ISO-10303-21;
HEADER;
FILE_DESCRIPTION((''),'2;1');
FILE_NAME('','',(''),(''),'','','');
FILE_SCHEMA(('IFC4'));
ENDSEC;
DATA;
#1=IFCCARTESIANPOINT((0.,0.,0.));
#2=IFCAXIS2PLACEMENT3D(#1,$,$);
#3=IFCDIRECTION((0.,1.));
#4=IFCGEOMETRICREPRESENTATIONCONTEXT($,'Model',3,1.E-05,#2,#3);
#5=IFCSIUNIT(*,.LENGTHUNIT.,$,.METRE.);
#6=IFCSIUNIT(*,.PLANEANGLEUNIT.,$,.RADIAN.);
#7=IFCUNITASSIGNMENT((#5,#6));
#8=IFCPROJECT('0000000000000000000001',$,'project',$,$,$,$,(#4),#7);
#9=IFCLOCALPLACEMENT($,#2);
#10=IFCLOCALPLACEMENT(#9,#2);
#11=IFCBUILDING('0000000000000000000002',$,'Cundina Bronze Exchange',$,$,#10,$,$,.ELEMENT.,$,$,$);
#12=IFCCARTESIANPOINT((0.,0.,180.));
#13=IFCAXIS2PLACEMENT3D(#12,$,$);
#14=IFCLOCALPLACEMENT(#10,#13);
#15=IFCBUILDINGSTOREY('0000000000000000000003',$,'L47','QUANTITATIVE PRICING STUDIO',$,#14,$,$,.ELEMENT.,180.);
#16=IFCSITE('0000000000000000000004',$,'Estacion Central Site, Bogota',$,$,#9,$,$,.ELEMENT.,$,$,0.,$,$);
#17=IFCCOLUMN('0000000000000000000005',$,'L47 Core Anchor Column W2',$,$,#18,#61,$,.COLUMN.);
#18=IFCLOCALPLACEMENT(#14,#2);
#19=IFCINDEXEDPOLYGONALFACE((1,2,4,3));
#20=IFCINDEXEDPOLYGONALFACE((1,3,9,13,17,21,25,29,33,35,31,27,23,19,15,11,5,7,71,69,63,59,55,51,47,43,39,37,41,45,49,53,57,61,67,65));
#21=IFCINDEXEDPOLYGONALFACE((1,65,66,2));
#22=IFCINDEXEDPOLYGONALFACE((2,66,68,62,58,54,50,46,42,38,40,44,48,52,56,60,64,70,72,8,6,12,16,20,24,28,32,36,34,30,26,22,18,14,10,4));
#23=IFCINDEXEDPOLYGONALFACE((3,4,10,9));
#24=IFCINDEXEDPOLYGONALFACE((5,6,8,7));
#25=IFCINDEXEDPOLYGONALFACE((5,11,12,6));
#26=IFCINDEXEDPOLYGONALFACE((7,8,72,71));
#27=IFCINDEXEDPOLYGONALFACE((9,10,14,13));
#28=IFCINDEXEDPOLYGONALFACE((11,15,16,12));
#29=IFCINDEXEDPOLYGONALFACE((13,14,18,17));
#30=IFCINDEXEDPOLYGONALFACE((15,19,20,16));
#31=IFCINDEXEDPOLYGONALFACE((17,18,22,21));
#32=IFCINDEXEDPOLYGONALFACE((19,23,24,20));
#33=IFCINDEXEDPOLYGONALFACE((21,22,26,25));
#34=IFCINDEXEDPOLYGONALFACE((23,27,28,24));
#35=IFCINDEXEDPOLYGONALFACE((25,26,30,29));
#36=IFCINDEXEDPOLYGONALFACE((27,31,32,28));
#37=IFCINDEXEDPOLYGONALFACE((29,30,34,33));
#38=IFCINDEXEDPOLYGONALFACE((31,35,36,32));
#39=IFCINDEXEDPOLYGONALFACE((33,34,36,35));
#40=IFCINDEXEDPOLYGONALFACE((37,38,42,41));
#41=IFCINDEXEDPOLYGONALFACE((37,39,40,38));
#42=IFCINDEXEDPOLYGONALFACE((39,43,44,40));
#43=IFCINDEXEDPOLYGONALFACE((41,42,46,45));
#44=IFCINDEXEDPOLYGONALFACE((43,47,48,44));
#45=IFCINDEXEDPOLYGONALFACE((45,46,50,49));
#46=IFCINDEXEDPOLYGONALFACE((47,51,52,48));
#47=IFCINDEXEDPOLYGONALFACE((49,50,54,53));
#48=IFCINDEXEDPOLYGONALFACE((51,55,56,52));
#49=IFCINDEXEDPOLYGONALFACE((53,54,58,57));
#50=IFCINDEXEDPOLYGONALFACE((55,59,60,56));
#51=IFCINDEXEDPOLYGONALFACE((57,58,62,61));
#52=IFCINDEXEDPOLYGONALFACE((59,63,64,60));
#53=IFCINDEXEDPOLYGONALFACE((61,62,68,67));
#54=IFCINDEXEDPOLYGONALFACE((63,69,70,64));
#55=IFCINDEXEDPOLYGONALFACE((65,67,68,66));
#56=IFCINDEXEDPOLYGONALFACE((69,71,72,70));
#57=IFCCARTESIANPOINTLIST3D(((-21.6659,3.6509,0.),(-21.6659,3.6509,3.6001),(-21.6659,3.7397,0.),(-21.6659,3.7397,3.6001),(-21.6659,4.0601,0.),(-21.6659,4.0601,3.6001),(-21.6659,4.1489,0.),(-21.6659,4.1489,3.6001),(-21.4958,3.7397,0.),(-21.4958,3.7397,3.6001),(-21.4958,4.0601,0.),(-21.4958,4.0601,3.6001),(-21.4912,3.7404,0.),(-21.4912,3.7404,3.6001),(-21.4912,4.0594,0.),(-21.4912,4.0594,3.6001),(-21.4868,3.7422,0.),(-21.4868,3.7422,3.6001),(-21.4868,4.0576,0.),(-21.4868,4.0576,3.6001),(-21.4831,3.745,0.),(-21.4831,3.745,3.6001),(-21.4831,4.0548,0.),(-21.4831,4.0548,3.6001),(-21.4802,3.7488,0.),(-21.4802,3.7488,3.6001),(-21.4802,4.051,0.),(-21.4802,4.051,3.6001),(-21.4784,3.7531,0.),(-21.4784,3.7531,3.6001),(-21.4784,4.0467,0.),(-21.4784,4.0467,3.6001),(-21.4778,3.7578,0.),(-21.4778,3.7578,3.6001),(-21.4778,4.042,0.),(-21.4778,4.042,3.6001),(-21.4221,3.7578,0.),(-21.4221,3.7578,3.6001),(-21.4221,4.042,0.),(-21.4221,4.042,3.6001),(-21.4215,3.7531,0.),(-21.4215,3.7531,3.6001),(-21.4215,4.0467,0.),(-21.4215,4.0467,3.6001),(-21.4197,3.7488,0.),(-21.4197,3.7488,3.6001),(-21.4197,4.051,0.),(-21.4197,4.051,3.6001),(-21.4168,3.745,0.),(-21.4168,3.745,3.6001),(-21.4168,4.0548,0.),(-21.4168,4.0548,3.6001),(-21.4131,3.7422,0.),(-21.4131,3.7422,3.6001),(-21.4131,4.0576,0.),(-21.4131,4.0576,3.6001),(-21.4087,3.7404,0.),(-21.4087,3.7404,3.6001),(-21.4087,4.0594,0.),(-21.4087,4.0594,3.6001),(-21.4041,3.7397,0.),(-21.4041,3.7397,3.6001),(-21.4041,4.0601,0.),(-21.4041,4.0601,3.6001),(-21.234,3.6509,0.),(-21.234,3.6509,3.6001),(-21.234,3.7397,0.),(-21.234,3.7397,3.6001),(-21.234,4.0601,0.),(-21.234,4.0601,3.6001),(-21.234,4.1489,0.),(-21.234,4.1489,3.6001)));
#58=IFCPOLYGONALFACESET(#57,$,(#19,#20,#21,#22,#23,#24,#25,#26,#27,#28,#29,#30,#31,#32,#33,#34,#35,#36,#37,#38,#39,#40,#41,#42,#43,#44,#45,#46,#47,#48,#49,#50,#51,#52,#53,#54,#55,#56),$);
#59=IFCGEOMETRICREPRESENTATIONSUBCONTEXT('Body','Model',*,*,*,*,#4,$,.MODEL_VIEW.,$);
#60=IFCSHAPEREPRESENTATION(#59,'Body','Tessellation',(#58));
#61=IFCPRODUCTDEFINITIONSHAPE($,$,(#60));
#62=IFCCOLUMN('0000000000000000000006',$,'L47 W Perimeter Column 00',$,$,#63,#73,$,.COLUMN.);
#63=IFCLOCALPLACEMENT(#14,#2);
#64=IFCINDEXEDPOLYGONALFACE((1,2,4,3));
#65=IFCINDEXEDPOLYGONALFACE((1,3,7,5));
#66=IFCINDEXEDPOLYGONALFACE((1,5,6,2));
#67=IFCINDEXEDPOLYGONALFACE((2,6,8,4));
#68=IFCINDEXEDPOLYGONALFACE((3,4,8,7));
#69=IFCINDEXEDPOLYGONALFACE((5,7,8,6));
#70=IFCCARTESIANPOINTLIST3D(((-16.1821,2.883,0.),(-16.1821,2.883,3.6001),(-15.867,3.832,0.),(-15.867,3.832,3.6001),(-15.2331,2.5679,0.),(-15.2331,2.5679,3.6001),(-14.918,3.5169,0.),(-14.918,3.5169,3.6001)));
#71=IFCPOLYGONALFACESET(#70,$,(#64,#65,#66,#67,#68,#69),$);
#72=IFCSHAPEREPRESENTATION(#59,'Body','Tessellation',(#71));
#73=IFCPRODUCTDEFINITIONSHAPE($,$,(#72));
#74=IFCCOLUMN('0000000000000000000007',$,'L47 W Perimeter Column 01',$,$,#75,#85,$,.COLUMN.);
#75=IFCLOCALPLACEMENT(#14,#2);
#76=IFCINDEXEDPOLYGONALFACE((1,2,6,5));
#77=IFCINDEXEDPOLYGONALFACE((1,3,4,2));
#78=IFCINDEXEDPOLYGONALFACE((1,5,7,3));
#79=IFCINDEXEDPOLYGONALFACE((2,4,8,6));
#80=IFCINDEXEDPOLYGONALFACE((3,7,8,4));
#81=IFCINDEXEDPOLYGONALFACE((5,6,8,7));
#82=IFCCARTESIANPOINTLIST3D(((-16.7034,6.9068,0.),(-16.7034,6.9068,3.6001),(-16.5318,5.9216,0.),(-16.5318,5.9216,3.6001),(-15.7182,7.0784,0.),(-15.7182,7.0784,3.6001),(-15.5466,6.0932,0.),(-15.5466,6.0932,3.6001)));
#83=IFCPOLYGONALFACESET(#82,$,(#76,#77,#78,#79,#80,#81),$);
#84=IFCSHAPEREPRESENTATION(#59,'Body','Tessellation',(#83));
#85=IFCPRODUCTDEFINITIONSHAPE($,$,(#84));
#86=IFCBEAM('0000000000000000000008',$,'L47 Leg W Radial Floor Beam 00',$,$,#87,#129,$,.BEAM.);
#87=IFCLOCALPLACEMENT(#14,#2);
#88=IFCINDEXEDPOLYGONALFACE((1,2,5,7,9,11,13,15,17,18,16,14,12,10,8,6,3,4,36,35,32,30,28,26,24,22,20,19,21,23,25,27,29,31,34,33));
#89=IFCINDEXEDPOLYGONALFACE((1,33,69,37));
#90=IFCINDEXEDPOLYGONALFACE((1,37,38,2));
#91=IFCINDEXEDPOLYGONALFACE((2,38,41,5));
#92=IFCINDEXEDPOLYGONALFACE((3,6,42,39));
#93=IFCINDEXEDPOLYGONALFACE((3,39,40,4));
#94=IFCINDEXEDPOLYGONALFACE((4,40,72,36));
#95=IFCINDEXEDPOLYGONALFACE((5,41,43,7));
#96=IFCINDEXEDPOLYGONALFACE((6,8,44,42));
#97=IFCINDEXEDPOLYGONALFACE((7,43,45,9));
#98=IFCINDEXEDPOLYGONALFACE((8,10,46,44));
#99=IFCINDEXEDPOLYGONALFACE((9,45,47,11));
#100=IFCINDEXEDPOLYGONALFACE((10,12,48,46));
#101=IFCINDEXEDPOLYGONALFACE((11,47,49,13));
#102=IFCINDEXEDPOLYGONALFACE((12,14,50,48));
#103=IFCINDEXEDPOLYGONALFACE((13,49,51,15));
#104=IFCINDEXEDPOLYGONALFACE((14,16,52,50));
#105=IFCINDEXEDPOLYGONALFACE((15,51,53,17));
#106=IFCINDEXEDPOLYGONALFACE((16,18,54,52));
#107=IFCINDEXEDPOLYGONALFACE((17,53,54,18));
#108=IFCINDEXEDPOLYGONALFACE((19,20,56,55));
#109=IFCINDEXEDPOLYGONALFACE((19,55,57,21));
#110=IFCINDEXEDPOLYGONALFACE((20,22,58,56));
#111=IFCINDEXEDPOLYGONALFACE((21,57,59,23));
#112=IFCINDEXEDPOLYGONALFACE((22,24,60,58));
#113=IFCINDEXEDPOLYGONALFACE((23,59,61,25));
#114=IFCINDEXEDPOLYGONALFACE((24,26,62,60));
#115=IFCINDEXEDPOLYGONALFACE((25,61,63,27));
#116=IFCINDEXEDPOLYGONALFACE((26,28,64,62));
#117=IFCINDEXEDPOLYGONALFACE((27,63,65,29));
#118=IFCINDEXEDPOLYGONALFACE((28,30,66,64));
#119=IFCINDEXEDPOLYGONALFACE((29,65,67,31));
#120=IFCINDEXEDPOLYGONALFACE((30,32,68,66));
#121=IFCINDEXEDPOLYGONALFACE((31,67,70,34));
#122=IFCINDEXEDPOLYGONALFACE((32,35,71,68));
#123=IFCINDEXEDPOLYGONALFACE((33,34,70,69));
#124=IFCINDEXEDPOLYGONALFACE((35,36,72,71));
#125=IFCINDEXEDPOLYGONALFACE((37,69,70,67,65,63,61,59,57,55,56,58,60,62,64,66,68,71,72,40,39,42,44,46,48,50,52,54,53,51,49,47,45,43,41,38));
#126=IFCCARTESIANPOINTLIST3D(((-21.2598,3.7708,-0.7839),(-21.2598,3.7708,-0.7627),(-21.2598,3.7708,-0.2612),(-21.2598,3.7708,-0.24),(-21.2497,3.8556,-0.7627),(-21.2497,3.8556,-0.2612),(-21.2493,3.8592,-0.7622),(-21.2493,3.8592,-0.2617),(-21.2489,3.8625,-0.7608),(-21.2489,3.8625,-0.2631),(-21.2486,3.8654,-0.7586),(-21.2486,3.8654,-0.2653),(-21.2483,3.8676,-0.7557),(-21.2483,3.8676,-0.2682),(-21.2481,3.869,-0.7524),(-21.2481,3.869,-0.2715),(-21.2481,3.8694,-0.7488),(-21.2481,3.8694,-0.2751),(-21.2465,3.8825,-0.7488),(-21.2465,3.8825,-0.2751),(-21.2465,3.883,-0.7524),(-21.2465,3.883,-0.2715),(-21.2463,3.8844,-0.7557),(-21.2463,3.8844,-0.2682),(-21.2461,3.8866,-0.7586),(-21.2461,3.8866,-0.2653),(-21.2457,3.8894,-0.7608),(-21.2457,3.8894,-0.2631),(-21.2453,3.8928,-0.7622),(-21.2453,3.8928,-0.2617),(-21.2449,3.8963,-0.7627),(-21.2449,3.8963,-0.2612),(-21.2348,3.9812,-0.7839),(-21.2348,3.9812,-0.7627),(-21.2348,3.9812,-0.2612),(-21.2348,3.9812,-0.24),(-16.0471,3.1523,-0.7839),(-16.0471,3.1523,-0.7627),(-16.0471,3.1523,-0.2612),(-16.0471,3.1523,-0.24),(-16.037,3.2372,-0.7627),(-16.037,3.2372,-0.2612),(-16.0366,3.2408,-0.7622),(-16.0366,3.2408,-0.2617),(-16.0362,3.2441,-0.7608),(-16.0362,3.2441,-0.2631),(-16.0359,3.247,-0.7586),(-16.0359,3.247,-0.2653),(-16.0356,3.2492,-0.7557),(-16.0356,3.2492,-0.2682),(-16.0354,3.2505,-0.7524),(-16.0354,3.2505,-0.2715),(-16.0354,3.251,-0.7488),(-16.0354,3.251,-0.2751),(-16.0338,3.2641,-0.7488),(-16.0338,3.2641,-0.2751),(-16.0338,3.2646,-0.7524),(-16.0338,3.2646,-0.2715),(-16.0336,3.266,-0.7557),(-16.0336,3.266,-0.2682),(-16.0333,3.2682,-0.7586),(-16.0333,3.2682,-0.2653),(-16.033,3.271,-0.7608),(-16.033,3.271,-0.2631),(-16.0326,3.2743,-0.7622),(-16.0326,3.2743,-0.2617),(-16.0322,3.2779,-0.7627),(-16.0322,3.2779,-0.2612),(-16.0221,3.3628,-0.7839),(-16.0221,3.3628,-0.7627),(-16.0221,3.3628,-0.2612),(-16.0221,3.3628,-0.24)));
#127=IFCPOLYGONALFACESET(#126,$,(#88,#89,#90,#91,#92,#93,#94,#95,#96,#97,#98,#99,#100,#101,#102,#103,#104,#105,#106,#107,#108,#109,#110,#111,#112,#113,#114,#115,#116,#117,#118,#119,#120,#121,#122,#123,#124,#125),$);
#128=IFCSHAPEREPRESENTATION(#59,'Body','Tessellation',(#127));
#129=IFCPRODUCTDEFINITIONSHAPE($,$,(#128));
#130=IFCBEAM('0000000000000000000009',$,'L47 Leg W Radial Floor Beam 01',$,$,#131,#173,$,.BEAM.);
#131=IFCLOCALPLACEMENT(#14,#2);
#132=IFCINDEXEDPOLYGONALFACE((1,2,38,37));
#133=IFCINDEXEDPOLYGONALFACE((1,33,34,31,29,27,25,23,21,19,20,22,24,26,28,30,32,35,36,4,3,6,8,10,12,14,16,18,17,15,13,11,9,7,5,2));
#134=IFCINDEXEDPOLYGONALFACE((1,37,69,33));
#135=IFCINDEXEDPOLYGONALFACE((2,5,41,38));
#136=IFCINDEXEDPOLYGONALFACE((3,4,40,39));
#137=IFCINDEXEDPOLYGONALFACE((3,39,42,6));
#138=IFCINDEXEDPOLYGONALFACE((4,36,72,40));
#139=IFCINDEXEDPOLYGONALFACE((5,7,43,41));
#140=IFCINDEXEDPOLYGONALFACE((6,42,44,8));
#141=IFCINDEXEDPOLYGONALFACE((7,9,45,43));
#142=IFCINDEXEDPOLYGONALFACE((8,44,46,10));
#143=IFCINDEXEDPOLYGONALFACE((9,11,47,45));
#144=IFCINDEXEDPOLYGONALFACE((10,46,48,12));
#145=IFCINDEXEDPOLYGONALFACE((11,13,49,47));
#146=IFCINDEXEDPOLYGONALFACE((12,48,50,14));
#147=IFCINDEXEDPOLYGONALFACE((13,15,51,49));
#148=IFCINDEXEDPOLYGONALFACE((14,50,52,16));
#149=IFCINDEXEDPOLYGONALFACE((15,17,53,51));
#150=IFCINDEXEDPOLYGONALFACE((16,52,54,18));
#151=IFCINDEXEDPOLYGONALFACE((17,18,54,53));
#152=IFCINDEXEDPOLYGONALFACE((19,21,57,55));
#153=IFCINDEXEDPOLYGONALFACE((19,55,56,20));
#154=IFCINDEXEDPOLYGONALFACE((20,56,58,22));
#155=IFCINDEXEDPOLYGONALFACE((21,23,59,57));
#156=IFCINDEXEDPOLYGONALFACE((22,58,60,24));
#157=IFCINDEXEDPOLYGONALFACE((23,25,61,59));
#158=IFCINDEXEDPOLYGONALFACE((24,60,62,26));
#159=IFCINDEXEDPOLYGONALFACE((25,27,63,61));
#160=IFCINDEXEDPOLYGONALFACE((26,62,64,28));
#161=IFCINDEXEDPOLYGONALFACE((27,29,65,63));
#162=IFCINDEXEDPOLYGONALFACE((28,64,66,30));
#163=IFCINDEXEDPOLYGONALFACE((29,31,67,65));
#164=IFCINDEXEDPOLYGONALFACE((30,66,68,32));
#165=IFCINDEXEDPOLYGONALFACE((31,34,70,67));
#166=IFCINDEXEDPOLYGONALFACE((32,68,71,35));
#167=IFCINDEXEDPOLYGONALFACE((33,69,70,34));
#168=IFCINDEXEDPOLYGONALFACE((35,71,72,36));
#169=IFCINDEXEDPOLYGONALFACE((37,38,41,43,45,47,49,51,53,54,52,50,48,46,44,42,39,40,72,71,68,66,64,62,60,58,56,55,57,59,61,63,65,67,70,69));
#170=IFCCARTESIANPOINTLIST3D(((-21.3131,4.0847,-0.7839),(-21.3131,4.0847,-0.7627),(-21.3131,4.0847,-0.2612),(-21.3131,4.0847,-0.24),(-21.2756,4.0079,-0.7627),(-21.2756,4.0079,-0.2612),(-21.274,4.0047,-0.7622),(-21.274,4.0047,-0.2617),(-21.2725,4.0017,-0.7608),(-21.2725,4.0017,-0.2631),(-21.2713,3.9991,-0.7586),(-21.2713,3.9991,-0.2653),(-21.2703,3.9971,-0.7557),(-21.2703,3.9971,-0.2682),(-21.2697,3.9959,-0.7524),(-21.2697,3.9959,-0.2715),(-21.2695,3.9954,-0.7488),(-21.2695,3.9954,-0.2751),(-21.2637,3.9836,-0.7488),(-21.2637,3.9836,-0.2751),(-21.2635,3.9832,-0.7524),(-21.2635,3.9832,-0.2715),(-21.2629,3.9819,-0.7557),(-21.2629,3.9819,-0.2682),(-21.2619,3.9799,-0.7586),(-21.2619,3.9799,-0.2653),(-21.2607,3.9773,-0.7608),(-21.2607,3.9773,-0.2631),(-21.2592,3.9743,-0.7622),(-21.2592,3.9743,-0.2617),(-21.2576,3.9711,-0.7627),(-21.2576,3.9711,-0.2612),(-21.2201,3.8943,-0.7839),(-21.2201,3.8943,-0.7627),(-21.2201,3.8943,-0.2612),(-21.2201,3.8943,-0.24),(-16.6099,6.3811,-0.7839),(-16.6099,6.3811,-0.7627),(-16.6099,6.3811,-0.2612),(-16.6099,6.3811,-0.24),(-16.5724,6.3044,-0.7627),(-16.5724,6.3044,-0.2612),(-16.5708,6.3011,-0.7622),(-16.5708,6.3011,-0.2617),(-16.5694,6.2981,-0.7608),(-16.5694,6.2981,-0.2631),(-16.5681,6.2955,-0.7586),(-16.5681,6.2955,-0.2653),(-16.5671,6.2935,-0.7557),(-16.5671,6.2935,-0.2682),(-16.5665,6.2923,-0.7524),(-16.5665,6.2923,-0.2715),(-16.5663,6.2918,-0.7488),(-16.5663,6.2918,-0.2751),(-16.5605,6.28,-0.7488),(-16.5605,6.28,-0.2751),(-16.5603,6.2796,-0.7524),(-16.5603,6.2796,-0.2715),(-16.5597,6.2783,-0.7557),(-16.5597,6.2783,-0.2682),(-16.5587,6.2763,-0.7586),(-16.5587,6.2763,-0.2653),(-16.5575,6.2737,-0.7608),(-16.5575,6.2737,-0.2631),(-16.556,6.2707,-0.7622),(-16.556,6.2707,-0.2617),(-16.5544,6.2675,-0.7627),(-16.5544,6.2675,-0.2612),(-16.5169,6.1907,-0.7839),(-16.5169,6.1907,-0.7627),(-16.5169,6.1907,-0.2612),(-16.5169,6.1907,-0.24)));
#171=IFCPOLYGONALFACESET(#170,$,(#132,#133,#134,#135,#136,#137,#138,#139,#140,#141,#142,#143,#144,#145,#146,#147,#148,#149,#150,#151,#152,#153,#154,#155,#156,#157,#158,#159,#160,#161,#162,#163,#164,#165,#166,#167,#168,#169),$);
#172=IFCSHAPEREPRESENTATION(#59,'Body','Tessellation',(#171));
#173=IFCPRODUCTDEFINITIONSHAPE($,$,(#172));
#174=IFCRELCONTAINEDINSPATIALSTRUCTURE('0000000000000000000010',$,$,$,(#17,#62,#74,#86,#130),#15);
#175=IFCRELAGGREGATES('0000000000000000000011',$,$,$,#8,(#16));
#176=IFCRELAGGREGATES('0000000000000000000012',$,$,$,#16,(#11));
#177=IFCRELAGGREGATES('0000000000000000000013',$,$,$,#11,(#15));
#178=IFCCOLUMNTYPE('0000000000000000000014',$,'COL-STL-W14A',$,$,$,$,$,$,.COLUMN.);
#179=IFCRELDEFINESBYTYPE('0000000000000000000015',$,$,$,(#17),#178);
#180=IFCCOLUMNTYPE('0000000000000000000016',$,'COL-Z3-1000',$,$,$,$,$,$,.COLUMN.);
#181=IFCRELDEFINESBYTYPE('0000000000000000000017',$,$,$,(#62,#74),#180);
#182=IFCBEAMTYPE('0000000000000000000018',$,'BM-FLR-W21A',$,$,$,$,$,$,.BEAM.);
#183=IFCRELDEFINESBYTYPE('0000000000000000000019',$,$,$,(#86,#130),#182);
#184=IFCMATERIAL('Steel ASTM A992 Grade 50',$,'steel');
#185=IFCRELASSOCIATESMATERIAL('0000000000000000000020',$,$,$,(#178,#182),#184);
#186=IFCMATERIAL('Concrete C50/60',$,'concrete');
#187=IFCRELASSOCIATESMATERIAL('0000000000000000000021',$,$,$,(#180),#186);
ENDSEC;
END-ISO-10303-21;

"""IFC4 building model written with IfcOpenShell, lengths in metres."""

from ifc_helpers import new_model, si_unit, direction, frame, origin, origin_2d, place, context, subcontext, project, spatial, rectangle, i_section, extrude, material, material_profile, profile_set, type_object, element, save


model = new_model("IFC4")

# Units and contexts
model_context = context("Model", 3, precision=1e-05, world=origin(), true_north=direction((0.0, 1.0)))
body_context = subcontext(model_context, "Body", "Model", "MODEL_VIEW")
ifc_project = project(units=[si_unit("LENGTHUNIT", "METRE"), si_unit("PLANEANGLEUNIT", "RADIAN")], contexts=[model_context])

# Site, building, storey
site_placement = place(None, origin())
site = spatial("IfcSite", under=ifc_project, at=site_placement, Name="Estacion Central Site, Bogota", CompositionType="ELEMENT", RefElevation=0.0)
building_placement = place(site_placement, origin())
building = spatial("IfcBuilding", under=site, at=building_placement, Name="Cundina Bronze Exchange", CompositionType="ELEMENT")
storey_placement = place(building_placement, frame((0.0, 0.0, 180.0)))
storey = spatial("IfcBuildingStorey", under=building, at=storey_placement, Name="L47", Description="QUANTITATIVE PRICING STUDIO", CompositionType="ELEMENT", Elevation=180.0)

# Columns
ifc_material_1 = material(Name="Steel ASTM A992 Grade 50", Category="steel")
ifc_material_profile_1 = material_profile(ifc_material_1, i_section(OverallWidth=0.4319, OverallDepth=0.498, WebThickness=0.0557, FlangeThickness=0.0889, FilletRadius=0.0181, at=origin_2d()), Name="W14X500", Category="steel")
ifc_profile_set_1 = profile_set([ifc_material_profile_1], Name="Steel ASTM A992 Grade 50")
column_type_1 = type_object("IfcColumnType", Name="COL-STL-W14A", PredefinedType="COLUMN", material=ifc_profile_set_1)
column_placement = place(storey_placement, frame((-21.45, 3.8999, 0.0), z_axis=(0.0, 0.0, 1.0), x_axis=(1.0, 0.0, 0.0)))
element("IfcColumn", 1, at=column_placement, inside=storey, type_object=column_type_1, Name="L47 Core Anchor Column W2", PredefinedType="COLUMN", context=body_context, shape_type="SweptSolid", body=[
    extrude(i_section(OverallWidth=0.4319, OverallDepth=0.498, WebThickness=0.0557, FlangeThickness=0.0889, FilletRadius=0.0181, at=origin_2d()), origin(), (0.0, 0.0, 1.0), 3.6001),
])
ifc_material_2 = material(Name="Concrete C50/60", Category="concrete")
ifc_material_profile_2 = material_profile(ifc_material_2, rectangle(XDim=1.0, YDim=1.0, at=origin_2d()), Name="RC1000X1000", Category="concrete")
ifc_profile_set_2 = profile_set([ifc_material_profile_2], Name="Concrete C50/60")
column_type_2 = type_object("IfcColumnType", Name="COL-Z3-1000", PredefinedType="COLUMN", material=ifc_profile_set_2)
for number, where, z_axis, x_axis, name in (
    (2, (-15.55, 3.2, 0.0), (0.0, 0.0, 1.0), (0.315152, 0.949041, 0.0), "L47 W Perimeter Column 00"),
    (3, (-16.125, 6.5, 0.0), (0.0, 0.0, 1.0), (-0.171585, 0.985169, 0.0), "L47 W Perimeter Column 01"),
):
    element("IfcColumn", number, at=place(storey_placement, frame(where, z_axis=z_axis, x_axis=x_axis)), inside=storey, type_object=column_type_2, Name=name, PredefinedType="COLUMN", context=body_context, shape_type="SweptSolid", body=[
        extrude(rectangle(XDim=1.0, YDim=1.0, at=origin_2d()), origin(), (0.0, 0.0, 1.0), 3.6001),
    ])

# Beams
ifc_material_profile_3 = material_profile(ifc_material_1, i_section(OverallWidth=0.2119, OverallDepth=0.5439, WebThickness=0.0132, FlangeThickness=0.0212, FilletRadius=0.0139, at=origin_2d()), Name="W21X83", Category="steel")
ifc_profile_set_3 = profile_set([ifc_material_profile_3], Name="Steel ASTM A992 Grade 50")
beam_type_1 = type_object("IfcBeamType", Name="BM-FLR-W21A", PredefinedType="BEAM", material=ifc_profile_set_3)
beam_1_placement = place(storey_placement, frame((-21.2473, 3.876, -0.512), z_axis=(0.993036, -0.11781, 0.0), x_axis=(0.11781, 0.993036, 0.0)))
element("IfcBeam", 4, at=beam_1_placement, inside=storey, type_object=beam_type_1, Name="L47 Leg W Radial Floor Beam 00", PredefinedType="BEAM", context=body_context, shape_type="SweptSolid", body=[
    extrude(i_section(OverallWidth=0.2119, OverallDepth=0.5439, WebThickness=0.0132, FlangeThickness=0.0212, FilletRadius=0.0139, at=origin_2d()), origin(), (0.0, 0.0, 1.0), 5.2493),
])
beam_2_placement = place(storey_placement, frame((-21.2666, 3.9895, -0.512), z_axis=(0.898604, 0.43876, 0.0), x_axis=(-0.43876, 0.898604, 0.0)))
element("IfcBeam", 5, at=beam_2_placement, inside=storey, type_object=beam_type_1, Name="L47 Leg W Radial Floor Beam 01", PredefinedType="BEAM", context=body_context, shape_type="SweptSolid", body=[
    extrude(i_section(OverallWidth=0.2119, OverallDepth=0.5439, WebThickness=0.0132, FlangeThickness=0.0212, FilletRadius=0.0139, at=origin_2d()), origin(), (0.0, 0.0, 1.0), 5.2339),
])

save(model, "model.ifc")
